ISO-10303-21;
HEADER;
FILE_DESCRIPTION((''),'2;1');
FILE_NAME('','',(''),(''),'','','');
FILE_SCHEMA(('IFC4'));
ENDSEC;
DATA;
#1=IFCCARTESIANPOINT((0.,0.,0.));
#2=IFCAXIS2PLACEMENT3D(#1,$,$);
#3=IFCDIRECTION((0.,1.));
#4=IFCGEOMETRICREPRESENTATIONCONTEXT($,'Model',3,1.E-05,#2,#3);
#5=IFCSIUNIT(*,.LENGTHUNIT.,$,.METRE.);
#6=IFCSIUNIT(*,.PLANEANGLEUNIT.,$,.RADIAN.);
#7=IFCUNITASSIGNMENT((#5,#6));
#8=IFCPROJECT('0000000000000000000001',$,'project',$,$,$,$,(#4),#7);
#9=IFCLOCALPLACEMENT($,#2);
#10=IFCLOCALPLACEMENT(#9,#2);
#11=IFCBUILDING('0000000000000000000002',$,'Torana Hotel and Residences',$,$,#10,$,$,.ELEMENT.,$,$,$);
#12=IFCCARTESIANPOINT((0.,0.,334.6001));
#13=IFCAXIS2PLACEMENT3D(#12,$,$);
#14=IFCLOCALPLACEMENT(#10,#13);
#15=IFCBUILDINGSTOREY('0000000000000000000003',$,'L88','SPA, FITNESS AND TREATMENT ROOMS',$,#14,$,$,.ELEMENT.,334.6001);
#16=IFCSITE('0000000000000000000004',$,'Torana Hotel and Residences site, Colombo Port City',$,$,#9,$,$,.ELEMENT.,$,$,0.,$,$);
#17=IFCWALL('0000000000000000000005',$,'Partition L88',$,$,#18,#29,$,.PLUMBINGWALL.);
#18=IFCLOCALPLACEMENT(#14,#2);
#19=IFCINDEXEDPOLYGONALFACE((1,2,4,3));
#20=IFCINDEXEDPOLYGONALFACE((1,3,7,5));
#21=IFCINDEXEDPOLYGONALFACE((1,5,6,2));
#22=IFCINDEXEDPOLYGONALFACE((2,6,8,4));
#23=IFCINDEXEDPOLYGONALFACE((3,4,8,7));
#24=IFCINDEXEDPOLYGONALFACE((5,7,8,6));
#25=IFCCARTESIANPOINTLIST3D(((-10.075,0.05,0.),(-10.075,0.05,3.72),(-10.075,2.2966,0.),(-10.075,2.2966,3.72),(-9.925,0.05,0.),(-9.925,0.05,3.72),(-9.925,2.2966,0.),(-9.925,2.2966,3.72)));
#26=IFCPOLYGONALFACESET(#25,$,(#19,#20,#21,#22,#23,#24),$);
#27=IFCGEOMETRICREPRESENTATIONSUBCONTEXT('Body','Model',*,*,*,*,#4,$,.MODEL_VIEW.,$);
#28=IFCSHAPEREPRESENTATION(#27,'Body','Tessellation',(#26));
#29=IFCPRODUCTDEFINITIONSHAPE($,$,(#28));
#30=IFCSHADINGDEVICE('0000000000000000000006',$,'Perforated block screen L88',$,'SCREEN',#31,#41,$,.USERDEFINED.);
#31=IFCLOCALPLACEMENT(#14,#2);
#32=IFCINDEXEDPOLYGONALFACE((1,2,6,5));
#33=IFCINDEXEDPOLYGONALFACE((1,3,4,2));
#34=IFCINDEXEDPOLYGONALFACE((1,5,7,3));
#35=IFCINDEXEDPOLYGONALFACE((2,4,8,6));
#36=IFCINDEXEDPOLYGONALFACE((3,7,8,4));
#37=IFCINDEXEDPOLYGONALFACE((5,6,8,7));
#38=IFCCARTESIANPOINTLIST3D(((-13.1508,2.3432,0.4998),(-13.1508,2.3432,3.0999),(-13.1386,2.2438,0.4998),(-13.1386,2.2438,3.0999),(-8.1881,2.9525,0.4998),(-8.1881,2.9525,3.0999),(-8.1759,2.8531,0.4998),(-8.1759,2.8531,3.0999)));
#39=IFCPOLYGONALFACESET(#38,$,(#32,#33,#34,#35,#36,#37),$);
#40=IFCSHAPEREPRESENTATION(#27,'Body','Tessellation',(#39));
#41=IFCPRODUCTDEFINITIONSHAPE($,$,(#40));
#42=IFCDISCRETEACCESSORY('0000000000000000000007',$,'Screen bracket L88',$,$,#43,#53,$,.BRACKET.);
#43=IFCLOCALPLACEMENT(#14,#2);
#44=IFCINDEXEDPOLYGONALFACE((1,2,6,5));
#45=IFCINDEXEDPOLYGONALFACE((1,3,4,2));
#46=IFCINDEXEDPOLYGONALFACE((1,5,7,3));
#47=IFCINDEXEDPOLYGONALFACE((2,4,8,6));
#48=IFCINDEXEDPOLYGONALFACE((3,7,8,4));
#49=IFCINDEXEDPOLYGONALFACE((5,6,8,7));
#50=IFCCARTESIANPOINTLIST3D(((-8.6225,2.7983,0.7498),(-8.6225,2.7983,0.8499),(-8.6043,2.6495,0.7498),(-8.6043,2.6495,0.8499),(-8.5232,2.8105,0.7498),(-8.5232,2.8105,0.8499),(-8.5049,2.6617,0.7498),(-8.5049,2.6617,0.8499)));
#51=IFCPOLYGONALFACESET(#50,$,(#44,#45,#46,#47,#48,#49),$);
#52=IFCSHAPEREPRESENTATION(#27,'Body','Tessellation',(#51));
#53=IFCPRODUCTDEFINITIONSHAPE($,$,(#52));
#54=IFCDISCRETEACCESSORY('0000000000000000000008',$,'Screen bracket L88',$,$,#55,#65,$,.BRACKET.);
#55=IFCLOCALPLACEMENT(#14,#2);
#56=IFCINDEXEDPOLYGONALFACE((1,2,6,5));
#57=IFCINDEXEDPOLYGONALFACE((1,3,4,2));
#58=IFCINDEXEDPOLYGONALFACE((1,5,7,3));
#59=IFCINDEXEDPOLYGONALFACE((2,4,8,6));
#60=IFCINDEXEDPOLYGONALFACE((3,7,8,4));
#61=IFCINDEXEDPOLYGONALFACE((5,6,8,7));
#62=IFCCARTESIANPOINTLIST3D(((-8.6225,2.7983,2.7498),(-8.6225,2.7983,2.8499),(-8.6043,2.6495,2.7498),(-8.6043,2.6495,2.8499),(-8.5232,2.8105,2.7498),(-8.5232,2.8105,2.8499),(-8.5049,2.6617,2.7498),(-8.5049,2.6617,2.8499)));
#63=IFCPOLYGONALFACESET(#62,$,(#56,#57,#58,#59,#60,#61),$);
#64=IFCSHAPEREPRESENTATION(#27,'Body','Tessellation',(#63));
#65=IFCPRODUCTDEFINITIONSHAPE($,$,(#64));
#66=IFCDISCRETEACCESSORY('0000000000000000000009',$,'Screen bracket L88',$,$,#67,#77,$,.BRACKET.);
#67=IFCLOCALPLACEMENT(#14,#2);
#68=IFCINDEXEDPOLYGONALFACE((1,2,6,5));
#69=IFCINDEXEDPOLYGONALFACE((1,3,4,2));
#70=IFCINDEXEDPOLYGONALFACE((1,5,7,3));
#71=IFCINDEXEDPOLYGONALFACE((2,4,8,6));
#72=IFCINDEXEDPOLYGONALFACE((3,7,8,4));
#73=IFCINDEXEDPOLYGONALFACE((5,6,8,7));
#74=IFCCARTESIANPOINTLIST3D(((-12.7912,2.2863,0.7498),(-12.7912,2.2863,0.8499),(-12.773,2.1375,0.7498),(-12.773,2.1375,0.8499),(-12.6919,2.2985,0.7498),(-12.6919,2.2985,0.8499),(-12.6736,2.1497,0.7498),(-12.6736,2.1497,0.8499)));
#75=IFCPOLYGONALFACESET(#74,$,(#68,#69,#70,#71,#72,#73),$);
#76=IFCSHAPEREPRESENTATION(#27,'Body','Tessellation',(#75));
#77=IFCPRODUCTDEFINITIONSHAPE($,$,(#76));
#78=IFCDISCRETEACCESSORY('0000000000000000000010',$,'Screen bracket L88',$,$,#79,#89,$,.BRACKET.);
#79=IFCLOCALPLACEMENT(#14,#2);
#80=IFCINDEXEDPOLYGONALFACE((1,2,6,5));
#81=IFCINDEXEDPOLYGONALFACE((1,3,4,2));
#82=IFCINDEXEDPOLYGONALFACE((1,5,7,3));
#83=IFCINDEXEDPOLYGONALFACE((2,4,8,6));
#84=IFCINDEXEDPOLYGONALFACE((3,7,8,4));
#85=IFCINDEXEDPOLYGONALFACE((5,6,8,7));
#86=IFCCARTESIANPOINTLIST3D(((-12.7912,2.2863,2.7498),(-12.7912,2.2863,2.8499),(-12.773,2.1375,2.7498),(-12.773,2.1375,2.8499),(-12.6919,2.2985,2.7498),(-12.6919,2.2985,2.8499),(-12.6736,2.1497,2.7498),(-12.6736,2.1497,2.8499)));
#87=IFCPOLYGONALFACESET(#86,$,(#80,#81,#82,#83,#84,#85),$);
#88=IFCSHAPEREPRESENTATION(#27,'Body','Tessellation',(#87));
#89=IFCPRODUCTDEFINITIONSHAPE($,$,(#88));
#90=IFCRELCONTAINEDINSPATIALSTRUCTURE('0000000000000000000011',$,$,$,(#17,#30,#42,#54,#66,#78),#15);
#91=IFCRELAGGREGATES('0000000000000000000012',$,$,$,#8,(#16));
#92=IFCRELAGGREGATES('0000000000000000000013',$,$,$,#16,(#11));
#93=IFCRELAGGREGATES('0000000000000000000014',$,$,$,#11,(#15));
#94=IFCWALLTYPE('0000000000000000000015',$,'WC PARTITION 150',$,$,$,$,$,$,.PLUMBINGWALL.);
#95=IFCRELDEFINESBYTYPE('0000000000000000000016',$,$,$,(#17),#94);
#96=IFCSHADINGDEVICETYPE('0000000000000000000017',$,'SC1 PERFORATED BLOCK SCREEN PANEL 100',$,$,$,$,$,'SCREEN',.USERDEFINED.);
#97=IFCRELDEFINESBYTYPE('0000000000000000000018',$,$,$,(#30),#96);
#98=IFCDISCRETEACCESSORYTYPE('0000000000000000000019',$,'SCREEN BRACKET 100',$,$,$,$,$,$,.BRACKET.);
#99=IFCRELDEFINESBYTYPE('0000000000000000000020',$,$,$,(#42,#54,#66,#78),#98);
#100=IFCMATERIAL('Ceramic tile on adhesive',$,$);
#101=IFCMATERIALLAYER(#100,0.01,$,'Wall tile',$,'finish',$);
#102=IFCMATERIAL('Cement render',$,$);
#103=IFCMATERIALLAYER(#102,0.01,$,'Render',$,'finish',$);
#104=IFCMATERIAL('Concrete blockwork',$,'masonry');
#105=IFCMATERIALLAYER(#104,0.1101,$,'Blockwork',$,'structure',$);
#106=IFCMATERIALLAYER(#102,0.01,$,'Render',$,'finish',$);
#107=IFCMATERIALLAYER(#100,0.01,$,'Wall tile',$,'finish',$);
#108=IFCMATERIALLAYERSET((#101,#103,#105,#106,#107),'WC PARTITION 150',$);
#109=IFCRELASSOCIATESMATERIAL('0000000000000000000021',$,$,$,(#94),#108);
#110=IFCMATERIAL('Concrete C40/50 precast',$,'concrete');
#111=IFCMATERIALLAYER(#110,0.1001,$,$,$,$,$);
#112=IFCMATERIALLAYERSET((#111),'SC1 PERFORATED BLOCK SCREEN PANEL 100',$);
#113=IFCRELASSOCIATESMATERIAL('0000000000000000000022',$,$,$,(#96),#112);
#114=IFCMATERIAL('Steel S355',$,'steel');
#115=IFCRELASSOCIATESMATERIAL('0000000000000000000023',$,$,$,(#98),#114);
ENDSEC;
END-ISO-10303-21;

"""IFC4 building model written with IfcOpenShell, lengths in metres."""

from ifc_helpers import new_model, si_unit, direction, frame, frame_2d, origin, origin_2d, place, context, subcontext, project, spatial, rectangle, extrude, material, layer, layer_set, type_object, element, save


model = new_model("IFC4")

# Units and contexts
model_context = context("Model", 3, precision=1e-05, world=origin(), true_north=direction((0.0, 1.0)))
body_context = subcontext(model_context, "Body", "Model", "MODEL_VIEW")
ifc_project = project(units=[si_unit("LENGTHUNIT", "METRE"), si_unit("PLANEANGLEUNIT", "RADIAN")], contexts=[model_context])

# Site, building, storey
site_placement = place(None, origin())
site = spatial("IfcSite", under=ifc_project, at=site_placement, Name="Torana Hotel and Residences site, Colombo Port City", CompositionType="ELEMENT", RefElevation=0.0)
building_placement = place(site_placement, origin())
building = spatial("IfcBuilding", under=site, at=building_placement, Name="Torana Hotel and Residences", CompositionType="ELEMENT")
storey_placement = place(building_placement, frame((0.0, 0.0, 334.6001)))
storey = spatial("IfcBuildingStorey", under=building, at=storey_placement, Name="L88", Description="SPA, FITNESS AND TREATMENT ROOMS", CompositionType="ELEMENT", Elevation=334.6001)

# Shared definitions
ifc_material_1 = material(Name="Concrete blockwork", Category="masonry")

# Wall
ifc_material_2 = material(Name="Ceramic tile on adhesive")
ifc_layer_1 = layer(ifc_material_2, 0.01, Name="Wall tile", Category="finish")
ifc_material_3 = material(Name="Cement render")
ifc_layer_2 = layer(ifc_material_3, 0.01, Name="Render", Category="finish")
ifc_layer_3 = layer(ifc_material_1, 0.1101, Name="Blockwork", Category="structure")
ifc_layer_4 = layer(ifc_material_3, 0.01, Name="Render", Category="finish")
ifc_layer_5 = layer(ifc_material_2, 0.01, Name="Wall tile", Category="finish")
ifc_layer_set_1 = layer_set([ifc_layer_1, ifc_layer_2, ifc_layer_3, ifc_layer_4, ifc_layer_5], Name="WC PARTITION 150")
wall_type_1 = type_object("IfcWallType", Name="WC PARTITION 150", PredefinedType="PLUMBINGWALL", material=ifc_layer_set_1)
wall_1_placement = place(storey_placement, frame((-10.0, 0.05, 0.0), z_axis=(0.0, 0.0, 1.0), x_axis=(0.0, 1.0, 0.0)))
element("IfcWall", 1, at=wall_1_placement, inside=storey, type_object=wall_type_1, Name="Partition L88", PredefinedType="PLUMBINGWALL", context=body_context, shape_type="SweptSolid", body=[
    extrude(rectangle(XDim=2.2466, YDim=0.1499, at=frame_2d((1.1233, 0.0))), origin(), (0.0, 0.0, 1.0), 3.72),
])

# Shading device
ifc_material_4 = material(Name="Concrete C40/50 precast", Category="concrete")
ifc_layer_6 = layer(ifc_material_4, 0.1001)
ifc_layer_set_2 = layer_set([ifc_layer_6], Name="SC1 PERFORATED BLOCK SCREEN PANEL 100")
shading_device_type = type_object("IfcShadingDeviceType", Name="SC1 PERFORATED BLOCK SCREEN PANEL 100", ElementType="SCREEN", PredefinedType="USERDEFINED", material=ifc_layer_set_2)
shading_device_placement = place(storey_placement, frame((-10.6633, 2.5981, 0.4998), z_axis=(0.0, 0.0, 1.0), x_axis=(-0.992547, -0.121866, 0.0)))
element("IfcShadingDevice", 2, at=shading_device_placement, inside=storey, type_object=shading_device_type, Name="Perforated block screen L88", ObjectType="SCREEN", PredefinedType="USERDEFINED", context=body_context, shape_type="SweptSolid", body=[
    extrude(rectangle(XDim=5.0, YDim=0.1001, at=origin_2d()), origin(), (0.0, 0.0, 1.0), 2.6001),
])

# Discrete accessories
ifc_material_5 = material(Name="Steel S355", Category="steel")
discrete_accessory_type = type_object("IfcDiscreteAccessoryType", Name="SCREEN BRACKET 100", PredefinedType="BRACKET", material=ifc_material_5)
for number, where, z_axis, x_axis, name in (
    (3, (-8.5637, 2.73, 0.7498), (0.0, 0.0, 1.0), (-0.992547, -0.121866, 0.0), "Screen bracket L88"),
    (4, (-8.5637, 2.73, 2.7498), (0.0, 0.0, 1.0), (-0.992547, -0.121866, 0.0), "Screen bracket L88"),
    (5, (-12.7324, 2.218, 0.7498), (0.0, 0.0, 1.0), (-0.992547, -0.121866, 0.0), "Screen bracket L88"),
    (6, (-12.7324, 2.218, 2.7498), (0.0, 0.0, 1.0), (-0.992547, -0.121866, 0.0), "Screen bracket L88"),
):
    element("IfcDiscreteAccessory", number, at=place(storey_placement, frame(where, z_axis=z_axis, x_axis=x_axis)), inside=storey, type_object=discrete_accessory_type, Name=name, PredefinedType="BRACKET", context=body_context, shape_type="SweptSolid", body=[
        extrude(rectangle(XDim=0.1001, YDim=0.1499, at=origin_2d()), origin(), (0.0, 0.0, 1.0), 0.1001),
    ])

save(model, "model.ifc")
